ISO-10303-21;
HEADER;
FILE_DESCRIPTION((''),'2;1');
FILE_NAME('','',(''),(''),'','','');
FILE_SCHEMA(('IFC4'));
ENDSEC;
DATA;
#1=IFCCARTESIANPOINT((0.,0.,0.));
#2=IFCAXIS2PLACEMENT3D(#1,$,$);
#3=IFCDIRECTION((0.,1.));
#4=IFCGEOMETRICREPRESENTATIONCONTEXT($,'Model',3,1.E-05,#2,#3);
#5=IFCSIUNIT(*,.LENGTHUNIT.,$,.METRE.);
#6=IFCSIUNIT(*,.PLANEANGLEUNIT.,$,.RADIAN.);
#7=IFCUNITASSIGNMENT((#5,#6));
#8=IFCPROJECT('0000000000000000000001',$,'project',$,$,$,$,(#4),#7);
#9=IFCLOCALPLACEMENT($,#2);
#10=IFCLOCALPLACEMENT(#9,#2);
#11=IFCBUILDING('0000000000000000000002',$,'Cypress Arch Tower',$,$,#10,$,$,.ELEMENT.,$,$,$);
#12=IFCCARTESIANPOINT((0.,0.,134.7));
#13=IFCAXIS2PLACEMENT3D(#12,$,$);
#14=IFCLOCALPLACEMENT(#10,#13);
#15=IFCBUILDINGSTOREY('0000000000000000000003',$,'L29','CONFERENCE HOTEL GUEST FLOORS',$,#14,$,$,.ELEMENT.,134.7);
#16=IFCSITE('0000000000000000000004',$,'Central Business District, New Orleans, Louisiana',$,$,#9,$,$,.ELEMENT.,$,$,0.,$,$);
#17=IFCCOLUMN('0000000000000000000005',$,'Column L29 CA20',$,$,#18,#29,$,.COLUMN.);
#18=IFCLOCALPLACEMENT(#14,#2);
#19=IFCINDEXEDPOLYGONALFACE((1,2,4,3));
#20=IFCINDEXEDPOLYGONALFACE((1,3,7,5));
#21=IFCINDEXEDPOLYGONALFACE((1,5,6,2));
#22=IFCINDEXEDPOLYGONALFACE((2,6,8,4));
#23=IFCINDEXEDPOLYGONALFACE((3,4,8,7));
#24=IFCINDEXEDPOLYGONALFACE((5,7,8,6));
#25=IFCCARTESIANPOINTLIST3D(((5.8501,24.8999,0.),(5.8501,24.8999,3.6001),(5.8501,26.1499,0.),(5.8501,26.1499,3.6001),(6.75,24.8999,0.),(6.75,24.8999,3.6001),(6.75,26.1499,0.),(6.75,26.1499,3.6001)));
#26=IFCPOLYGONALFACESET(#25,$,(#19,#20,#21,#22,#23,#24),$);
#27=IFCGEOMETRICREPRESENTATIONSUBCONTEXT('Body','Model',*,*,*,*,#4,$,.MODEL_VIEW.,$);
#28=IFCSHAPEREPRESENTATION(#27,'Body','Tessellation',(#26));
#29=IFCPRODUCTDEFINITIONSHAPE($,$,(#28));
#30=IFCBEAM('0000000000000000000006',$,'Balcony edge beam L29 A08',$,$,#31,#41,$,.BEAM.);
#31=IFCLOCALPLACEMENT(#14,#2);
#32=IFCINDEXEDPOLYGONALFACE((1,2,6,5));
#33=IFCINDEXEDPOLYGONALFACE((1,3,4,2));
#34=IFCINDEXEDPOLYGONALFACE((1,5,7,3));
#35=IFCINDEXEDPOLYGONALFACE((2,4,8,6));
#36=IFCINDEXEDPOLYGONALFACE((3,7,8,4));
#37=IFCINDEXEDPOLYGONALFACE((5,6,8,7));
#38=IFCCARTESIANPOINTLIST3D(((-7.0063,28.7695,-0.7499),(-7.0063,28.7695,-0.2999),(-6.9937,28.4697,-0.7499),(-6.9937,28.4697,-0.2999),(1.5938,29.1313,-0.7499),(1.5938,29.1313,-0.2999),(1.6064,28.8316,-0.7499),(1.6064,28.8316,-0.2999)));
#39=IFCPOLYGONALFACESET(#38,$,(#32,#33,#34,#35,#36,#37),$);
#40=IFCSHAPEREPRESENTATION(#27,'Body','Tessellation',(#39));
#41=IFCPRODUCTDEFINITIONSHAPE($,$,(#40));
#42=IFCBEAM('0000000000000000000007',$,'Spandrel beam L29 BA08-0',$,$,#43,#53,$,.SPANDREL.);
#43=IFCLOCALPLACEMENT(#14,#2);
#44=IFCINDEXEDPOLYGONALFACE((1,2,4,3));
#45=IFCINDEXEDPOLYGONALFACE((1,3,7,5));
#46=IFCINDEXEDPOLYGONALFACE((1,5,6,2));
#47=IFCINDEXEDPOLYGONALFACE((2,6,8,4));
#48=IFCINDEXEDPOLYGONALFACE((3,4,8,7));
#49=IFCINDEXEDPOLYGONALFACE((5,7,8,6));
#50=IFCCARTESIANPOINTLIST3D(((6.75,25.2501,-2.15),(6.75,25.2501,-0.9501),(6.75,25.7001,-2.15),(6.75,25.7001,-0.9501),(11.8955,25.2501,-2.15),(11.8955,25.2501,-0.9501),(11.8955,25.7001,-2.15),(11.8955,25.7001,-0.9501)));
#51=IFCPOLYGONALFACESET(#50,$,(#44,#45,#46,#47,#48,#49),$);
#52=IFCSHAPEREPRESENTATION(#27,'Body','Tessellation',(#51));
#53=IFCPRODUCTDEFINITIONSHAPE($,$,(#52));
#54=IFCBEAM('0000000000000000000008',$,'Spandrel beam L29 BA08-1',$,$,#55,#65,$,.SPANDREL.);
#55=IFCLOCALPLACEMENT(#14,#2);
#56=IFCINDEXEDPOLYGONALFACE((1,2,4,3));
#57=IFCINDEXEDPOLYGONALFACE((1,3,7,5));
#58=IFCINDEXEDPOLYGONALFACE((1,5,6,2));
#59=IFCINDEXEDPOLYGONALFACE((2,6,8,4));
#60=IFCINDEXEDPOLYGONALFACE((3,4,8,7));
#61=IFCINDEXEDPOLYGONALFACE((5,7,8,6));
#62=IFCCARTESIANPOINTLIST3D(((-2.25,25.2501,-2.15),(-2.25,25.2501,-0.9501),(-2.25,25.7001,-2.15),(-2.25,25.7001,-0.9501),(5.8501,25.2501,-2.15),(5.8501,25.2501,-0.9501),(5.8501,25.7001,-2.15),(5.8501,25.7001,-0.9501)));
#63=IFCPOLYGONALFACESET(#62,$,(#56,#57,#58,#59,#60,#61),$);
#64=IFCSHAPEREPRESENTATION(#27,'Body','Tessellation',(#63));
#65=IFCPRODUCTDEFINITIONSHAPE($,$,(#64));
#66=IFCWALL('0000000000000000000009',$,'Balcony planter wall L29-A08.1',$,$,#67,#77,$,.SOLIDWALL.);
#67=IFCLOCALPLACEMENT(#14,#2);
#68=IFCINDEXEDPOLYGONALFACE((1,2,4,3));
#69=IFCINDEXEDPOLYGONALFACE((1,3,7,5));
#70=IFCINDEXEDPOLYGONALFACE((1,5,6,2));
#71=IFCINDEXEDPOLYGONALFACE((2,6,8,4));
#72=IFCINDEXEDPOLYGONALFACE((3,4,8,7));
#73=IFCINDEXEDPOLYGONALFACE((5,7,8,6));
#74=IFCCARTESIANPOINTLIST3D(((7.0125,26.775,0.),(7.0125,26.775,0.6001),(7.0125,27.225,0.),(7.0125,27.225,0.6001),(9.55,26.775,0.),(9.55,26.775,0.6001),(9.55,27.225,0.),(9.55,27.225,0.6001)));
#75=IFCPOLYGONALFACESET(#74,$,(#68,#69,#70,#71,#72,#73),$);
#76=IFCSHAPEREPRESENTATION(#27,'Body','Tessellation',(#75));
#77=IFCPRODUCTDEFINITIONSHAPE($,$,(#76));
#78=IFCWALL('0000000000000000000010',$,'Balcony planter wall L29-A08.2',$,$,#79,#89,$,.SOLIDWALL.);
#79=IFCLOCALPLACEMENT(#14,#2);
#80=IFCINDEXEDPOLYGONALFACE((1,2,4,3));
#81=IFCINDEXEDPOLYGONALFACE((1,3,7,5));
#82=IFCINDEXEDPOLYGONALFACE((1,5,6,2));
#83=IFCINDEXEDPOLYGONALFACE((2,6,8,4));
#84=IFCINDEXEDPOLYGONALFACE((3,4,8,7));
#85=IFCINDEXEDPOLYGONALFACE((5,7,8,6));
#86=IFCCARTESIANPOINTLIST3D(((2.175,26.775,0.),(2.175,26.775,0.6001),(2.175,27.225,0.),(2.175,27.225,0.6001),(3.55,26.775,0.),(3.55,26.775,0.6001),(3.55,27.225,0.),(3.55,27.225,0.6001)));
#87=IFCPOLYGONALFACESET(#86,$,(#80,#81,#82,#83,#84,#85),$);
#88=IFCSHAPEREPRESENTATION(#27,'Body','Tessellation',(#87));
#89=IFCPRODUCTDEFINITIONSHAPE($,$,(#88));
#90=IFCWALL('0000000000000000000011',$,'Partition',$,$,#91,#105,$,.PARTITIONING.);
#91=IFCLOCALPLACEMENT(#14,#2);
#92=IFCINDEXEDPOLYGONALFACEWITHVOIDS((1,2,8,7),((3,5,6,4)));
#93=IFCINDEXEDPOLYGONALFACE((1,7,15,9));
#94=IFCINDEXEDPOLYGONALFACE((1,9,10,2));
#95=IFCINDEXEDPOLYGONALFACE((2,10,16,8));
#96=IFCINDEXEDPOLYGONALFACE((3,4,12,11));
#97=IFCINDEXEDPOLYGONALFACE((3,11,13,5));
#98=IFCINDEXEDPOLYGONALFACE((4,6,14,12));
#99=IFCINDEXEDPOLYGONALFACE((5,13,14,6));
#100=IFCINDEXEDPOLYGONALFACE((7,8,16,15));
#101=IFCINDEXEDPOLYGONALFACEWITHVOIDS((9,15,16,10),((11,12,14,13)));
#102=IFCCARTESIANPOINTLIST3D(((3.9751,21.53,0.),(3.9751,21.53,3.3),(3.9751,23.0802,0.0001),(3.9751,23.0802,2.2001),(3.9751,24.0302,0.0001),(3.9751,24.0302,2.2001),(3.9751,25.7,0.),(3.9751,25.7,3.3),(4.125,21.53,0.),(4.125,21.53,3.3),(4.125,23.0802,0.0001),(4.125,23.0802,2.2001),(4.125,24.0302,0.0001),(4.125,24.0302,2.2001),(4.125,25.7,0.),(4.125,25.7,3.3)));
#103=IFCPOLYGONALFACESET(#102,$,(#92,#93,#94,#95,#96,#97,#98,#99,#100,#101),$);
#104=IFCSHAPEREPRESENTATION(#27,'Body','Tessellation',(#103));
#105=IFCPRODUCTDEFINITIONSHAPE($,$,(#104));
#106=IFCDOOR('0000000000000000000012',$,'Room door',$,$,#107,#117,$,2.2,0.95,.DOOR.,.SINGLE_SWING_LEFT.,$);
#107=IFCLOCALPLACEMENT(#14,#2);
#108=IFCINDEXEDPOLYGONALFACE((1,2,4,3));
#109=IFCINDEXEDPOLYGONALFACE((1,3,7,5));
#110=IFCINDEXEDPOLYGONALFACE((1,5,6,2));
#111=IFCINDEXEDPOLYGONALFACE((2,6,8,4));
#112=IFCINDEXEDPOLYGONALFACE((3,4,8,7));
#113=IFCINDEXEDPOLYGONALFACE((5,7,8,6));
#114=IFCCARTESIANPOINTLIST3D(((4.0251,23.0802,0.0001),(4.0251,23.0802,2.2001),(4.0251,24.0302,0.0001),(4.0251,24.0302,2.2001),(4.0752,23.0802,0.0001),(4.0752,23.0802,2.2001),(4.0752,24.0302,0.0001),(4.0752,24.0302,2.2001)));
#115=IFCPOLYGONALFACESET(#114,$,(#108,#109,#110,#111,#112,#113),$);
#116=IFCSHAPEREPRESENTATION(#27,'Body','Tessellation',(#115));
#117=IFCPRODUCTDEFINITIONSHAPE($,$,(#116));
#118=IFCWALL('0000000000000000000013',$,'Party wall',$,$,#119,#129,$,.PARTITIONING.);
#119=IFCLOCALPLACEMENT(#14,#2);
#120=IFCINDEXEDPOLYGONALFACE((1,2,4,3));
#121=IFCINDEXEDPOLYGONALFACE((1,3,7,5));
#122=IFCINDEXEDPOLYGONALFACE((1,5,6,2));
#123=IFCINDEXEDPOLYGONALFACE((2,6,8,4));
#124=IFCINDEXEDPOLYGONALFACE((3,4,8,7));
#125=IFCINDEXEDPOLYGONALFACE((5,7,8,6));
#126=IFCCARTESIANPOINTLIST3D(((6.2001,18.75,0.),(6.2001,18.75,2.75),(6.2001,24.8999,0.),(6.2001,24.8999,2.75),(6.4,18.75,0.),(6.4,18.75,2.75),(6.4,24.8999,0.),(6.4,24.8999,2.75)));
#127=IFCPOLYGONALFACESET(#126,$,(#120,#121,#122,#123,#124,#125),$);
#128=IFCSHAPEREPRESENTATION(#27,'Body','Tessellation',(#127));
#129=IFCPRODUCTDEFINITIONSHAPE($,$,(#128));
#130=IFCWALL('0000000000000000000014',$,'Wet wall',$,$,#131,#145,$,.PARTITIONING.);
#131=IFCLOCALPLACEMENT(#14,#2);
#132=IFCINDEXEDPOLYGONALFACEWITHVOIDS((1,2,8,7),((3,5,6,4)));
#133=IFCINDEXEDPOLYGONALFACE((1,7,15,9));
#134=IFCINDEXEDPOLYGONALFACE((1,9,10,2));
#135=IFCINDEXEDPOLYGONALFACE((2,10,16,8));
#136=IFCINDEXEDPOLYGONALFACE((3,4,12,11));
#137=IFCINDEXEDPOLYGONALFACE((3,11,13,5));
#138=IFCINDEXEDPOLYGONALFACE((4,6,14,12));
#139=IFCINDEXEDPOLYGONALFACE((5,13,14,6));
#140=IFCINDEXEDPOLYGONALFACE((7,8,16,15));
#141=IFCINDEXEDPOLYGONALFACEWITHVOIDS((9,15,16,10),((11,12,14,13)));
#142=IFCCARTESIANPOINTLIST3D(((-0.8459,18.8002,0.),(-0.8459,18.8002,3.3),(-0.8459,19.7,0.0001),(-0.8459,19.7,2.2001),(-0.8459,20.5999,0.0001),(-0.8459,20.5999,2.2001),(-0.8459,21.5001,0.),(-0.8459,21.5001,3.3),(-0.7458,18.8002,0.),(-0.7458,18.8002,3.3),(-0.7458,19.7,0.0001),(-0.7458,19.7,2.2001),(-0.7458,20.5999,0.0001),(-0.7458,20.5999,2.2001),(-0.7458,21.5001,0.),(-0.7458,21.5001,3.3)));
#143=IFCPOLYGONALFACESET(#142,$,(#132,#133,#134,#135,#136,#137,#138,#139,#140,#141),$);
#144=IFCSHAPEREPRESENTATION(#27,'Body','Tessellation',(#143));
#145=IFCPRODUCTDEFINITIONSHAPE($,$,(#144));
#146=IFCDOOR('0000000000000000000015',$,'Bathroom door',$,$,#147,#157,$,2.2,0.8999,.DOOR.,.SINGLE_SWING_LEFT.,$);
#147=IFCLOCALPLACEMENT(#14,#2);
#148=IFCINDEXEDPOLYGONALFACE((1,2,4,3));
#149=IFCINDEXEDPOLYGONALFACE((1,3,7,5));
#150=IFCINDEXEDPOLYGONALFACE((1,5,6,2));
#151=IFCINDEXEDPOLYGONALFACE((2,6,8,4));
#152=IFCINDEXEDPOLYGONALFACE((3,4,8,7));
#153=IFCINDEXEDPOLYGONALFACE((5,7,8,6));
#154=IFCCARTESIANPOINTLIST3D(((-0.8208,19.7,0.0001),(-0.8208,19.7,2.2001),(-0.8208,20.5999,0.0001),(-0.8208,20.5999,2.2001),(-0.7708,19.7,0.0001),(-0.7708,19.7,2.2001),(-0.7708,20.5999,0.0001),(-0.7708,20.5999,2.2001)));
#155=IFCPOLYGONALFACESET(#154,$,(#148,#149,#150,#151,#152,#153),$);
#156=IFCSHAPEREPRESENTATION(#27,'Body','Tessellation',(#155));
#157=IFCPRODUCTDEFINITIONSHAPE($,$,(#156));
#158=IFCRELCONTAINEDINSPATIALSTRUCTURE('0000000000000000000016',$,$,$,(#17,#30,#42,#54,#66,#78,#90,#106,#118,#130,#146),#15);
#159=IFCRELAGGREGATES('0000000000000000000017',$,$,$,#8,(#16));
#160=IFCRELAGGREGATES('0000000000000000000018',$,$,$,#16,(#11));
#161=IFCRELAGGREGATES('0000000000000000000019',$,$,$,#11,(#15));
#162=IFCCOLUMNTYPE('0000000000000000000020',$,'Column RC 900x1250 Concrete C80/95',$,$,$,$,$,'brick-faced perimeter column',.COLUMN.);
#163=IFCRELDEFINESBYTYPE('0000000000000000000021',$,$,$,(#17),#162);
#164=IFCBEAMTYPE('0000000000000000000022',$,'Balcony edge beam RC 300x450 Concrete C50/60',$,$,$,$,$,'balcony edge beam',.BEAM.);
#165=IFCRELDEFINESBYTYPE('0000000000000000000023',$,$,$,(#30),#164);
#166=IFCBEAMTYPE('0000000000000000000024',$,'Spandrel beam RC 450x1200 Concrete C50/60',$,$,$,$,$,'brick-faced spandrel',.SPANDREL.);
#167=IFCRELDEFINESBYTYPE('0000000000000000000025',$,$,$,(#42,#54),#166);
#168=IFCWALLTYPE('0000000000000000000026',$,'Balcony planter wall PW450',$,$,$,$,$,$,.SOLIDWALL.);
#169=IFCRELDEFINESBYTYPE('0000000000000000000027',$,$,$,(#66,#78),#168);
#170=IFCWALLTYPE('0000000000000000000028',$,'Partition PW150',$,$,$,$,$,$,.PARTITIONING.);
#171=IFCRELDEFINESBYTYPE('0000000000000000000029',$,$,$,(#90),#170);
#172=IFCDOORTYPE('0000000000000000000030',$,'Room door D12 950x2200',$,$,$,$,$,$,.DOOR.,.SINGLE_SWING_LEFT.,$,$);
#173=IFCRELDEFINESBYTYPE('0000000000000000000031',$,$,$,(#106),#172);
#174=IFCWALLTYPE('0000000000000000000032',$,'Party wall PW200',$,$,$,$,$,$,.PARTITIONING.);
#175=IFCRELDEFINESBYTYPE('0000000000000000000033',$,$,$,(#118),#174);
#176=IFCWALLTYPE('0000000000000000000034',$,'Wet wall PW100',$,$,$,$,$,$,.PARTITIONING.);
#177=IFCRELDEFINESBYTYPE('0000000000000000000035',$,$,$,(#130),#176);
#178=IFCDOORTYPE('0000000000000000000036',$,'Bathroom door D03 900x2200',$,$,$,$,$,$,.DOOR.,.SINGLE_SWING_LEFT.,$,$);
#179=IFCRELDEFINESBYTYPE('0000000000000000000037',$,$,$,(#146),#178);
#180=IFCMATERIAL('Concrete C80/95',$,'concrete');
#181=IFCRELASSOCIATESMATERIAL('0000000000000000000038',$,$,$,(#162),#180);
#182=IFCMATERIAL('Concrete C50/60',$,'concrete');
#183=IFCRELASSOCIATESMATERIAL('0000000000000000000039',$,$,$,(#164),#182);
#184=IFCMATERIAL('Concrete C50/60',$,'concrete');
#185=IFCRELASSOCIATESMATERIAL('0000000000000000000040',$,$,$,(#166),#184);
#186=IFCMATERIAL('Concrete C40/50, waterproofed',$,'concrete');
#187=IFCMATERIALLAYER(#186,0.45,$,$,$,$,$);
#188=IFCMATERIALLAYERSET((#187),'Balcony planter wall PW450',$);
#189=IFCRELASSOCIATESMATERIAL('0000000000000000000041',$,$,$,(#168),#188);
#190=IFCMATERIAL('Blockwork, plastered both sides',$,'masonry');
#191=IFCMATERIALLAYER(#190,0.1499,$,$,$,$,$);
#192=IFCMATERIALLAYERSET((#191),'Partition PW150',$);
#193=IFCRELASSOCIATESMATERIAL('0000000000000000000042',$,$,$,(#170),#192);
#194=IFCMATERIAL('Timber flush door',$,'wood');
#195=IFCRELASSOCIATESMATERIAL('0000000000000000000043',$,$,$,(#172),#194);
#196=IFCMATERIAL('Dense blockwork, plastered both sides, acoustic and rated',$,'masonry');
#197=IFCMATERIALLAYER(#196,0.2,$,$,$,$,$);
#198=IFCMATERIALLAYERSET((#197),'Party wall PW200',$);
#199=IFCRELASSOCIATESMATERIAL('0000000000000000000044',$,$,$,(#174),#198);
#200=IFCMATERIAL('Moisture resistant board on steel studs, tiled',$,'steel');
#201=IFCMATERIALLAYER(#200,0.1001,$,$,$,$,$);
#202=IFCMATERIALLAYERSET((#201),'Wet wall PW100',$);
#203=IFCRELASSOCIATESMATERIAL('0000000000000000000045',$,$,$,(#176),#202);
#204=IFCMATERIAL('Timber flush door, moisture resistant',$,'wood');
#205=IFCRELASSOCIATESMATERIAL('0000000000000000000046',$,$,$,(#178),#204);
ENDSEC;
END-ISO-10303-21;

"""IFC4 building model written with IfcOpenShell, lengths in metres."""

from ifc_helpers import new_model, si_unit, direction, frame, frame_2d, origin, origin_2d, place, context, subcontext, project, spatial, rectangle, extrude, material, layer, layer_set, material_profile, profile_set, type_object, element, fill, save


model = new_model("IFC4")

# Units and contexts
model_context = context("Model", 3, precision=1e-05, world=origin(), true_north=direction((0.0, 1.0)))
body_context = subcontext(model_context, "Body", "Model", "MODEL_VIEW")
ifc_project = project(units=[si_unit("LENGTHUNIT", "METRE"), si_unit("PLANEANGLEUNIT", "RADIAN")], contexts=[model_context])

# Site, building, storey
site_placement = place(None, origin())
site = spatial("IfcSite", under=ifc_project, at=site_placement, Name="Central Business District, New Orleans, Louisiana", CompositionType="ELEMENT", RefElevation=0.0)
building_placement = place(site_placement, origin())
building = spatial("IfcBuilding", under=site, at=building_placement, Name="Cypress Arch Tower", CompositionType="ELEMENT")
storey_placement = place(building_placement, frame((0.0, 0.0, 134.7)))
storey = spatial("IfcBuildingStorey", under=building, at=storey_placement, Name="L29", Description="CONFERENCE HOTEL GUEST FLOORS", CompositionType="ELEMENT", Elevation=134.7)

# Column
ifc_material_1 = material(Name="Concrete C80/95", Category="concrete")
ifc_material_profile_1 = material_profile(ifc_material_1, rectangle(XDim=0.8999, YDim=1.25, at=origin_2d()), Name="RC 900x1250")
ifc_profile_set_1 = profile_set([ifc_material_profile_1], Name="Concrete C80/95")
column_type = type_object("IfcColumnType", Name="Column RC 900x1250 Concrete C80/95", ElementType="brick-faced perimeter column", PredefinedType="COLUMN", material=ifc_profile_set_1)
column_placement = place(storey_placement, frame((6.3, 25.5249, 0.0), z_axis=(0.0, 0.0, 1.0), x_axis=(-1.0, 0.0, 0.0)))
element("IfcColumn", 1, at=column_placement, inside=storey, type_object=column_type, Name="Column L29 CA20", PredefinedType="COLUMN", context=body_context, shape_type="SweptSolid", body=[
    extrude(rectangle(XDim=0.8999, YDim=1.25, at=origin_2d()), origin(), (0.0, 0.0, 1.0), 3.6001),
])

# Beams
ifc_material_2 = material(Name="Concrete C50/60", Category="concrete")
ifc_material_profile_2 = material_profile(ifc_material_2, rectangle(XDim=0.3, YDim=0.45, at=origin_2d()), Name="RC 300x450")
ifc_profile_set_2 = profile_set([ifc_material_profile_2], Name="Concrete C50/60")
beam_type_1 = type_object("IfcBeamType", Name="Balcony edge beam RC 300x450 Concrete C50/60", ElementType="balcony edge beam", PredefinedType="BEAM", material=ifc_profile_set_2)
beam_1_placement = place(storey_placement, frame((1.6001, 28.9814, -0.5249), z_axis=(-0.999116, -0.042034, 0.0), x_axis=(0.042034, -0.999116, 0.0)))
element("IfcBeam", 2, at=beam_1_placement, inside=storey, type_object=beam_type_1, Name="Balcony edge beam L29 A08", PredefinedType="BEAM", context=body_context, shape_type="SweptSolid", body=[
    extrude(rectangle(XDim=0.3, YDim=0.45, at=origin_2d()), origin(), (0.0, 0.0, 1.0), 8.6077),
])
ifc_material_3 = material(Name="Concrete C50/60", Category="concrete")
ifc_material_profile_3 = material_profile(ifc_material_3, rectangle(XDim=0.45, YDim=1.2, at=origin_2d()), Name="RC 450x1200")
ifc_profile_set_3 = profile_set([ifc_material_profile_3], Name="Concrete C50/60")
beam_type_2 = type_object("IfcBeamType", Name="Spandrel beam RC 450x1200 Concrete C50/60", ElementType="brick-faced spandrel", PredefinedType="SPANDREL", material=ifc_profile_set_3)
beam_2_placement = place(storey_placement, frame((11.8955, 25.4751, -1.55), z_axis=(-1.0, 0.0, 0.0), x_axis=(0.0, -1.0, 0.0)))
element("IfcBeam", 3, at=beam_2_placement, inside=storey, type_object=beam_type_2, Name="Spandrel beam L29 BA08-0", PredefinedType="SPANDREL", context=body_context, shape_type="SweptSolid", body=[
    extrude(rectangle(XDim=0.45, YDim=1.2, at=origin_2d()), origin(), (0.0, 0.0, 1.0), 5.1455),
])
beam_3_placement = place(storey_placement, frame((5.8501, 25.4751, -1.55), z_axis=(-1.0, 0.0, 0.0), x_axis=(0.0, -1.0, 0.0)))
element("IfcBeam", 4, at=beam_3_placement, inside=storey, type_object=beam_type_2, Name="Spandrel beam L29 BA08-1", PredefinedType="SPANDREL", context=body_context, shape_type="SweptSolid", body=[
    extrude(rectangle(XDim=0.45, YDim=1.2, at=origin_2d()), origin(), (0.0, 0.0, 1.0), 8.1001),
])

# Walls
ifc_material_4 = material(Name="Concrete C40/50, waterproofed", Category="concrete")
ifc_layer_1 = layer(ifc_material_4, 0.45)
ifc_layer_set_1 = layer_set([ifc_layer_1], Name="Balcony planter wall PW450")
wall_type_1 = type_object("IfcWallType", Name="Balcony planter wall PW450", PredefinedType="SOLIDWALL", material=ifc_layer_set_1)
wall_1_placement = place(storey_placement, frame((9.55, 27.0, 0.0), z_axis=(0.0, 0.0, 1.0), x_axis=(-1.0, 0.0, 0.0)))
element("IfcWall", 5, at=wall_1_placement, inside=storey, type_object=wall_type_1, Name="Balcony planter wall L29-A08.1", PredefinedType="SOLIDWALL", context=body_context, shape_type="SweptSolid", body=[
    extrude(rectangle(XDim=2.5376, YDim=0.45, at=frame_2d((1.2688, 0.0))), origin(), (0.0, 0.0, 1.0), 0.6001),
])
wall_2_placement = place(storey_placement, frame((3.55, 27.0, 0.0), z_axis=(0.0, 0.0, 1.0), x_axis=(-1.0, 0.0, 0.0)))
element("IfcWall", 6, at=wall_2_placement, inside=storey, type_object=wall_type_1, Name="Balcony planter wall L29-A08.2", PredefinedType="SOLIDWALL", context=body_context, shape_type="SweptSolid", body=[
    extrude(rectangle(XDim=1.375, YDim=0.45, at=frame_2d((0.6875, 0.0))), origin(), (0.0, 0.0, 1.0), 0.6001),
])

# Wall, opening, door
ifc_material_5 = material(Name="Blockwork, plastered both sides", Category="masonry")
ifc_layer_2 = layer(ifc_material_5, 0.1499)
ifc_layer_set_2 = layer_set([ifc_layer_2], Name="Partition PW150")
wall_type_2 = type_object("IfcWallType", Name="Partition PW150", PredefinedType="PARTITIONING", material=ifc_layer_set_2)
wall_3_placement = place(storey_placement, frame((4.05, 21.53, 0.0), z_axis=(0.0, 0.0, 1.0), x_axis=(0.0, 1.0, 0.0)))
wall_3 = element("IfcWall", 7, at=wall_3_placement, inside=storey, type_object=wall_type_2, Name="Partition", PredefinedType="PARTITIONING", context=body_context, shape_type="SweptSolid", body=[
    extrude(rectangle(XDim=4.1699, YDim=0.1499, at=frame_2d((2.085, 0.0))), origin(), (0.0, 0.0, 1.0), 3.3),
])
opening_1_placement = place(wall_3_placement, frame((1.55, 0.0, 0.0)))
opening_1 = element("IfcOpeningElement", 8, at=opening_1_placement, cuts=wall_3, PredefinedType="OPENING", context=body_context, shape_type="SweptSolid", body=[
    extrude(rectangle(XDim=0.95, YDim=2.2, at=frame_2d((0.4751, 1.1001))), frame((0.0, 0.085, 0.0), z_axis=(0.0, -1.0, 0.0), x_axis=(1.0, 0.0, 0.0)), (0.0, 0.0, 1.0), 0.1699),
])
ifc_material_6 = material(Name="Timber flush door", Category="wood")
door_type_1 = type_object("IfcDoorType", Name="Room door D12 950x2200", OperationType="SINGLE_SWING_LEFT", PredefinedType="DOOR", material=ifc_material_6)
door_1_placement = place(opening_1_placement, origin())
door_1 = element("IfcDoor", 9, at=door_1_placement, inside=storey, type_object=door_type_1, Name="Room door", OperationType="SINGLE_SWING_LEFT", OverallHeight=2.2, OverallWidth=0.95, PredefinedType="DOOR", context=body_context, shape_type="SweptSolid", body=[
    extrude(rectangle(XDim=0.95, YDim=2.2, at=frame_2d((0.4751, 1.1001))), frame((0.0, 0.0249, 0.0), z_axis=(0.0, -1.0, 0.0), x_axis=(1.0, 0.0, 0.0)), (0.0, 0.0, 1.0), 0.05),
])
fill(opening_1, door_1)

# Wall
ifc_material_7 = material(Name="Dense blockwork, plastered both sides, acoustic and rated", Category="masonry")
ifc_layer_3 = layer(ifc_material_7, 0.2)
ifc_layer_set_3 = layer_set([ifc_layer_3], Name="Party wall PW200")
wall_type_3 = type_object("IfcWallType", Name="Party wall PW200", PredefinedType="PARTITIONING", material=ifc_layer_set_3)
wall_4_placement = place(storey_placement, frame((6.3, 18.75, 0.0), z_axis=(0.0, 0.0, 1.0), x_axis=(0.0, 1.0, 0.0)))
element("IfcWall", 10, at=wall_4_placement, inside=storey, type_object=wall_type_3, Name="Party wall", PredefinedType="PARTITIONING", context=body_context, shape_type="SweptSolid", body=[
    extrude(rectangle(XDim=6.1499, YDim=0.2, at=frame_2d((3.075, 0.0))), origin(), (0.0, 0.0, 1.0), 2.75),
])

# Wall, opening, door
ifc_material_8 = material(Name="Moisture resistant board on steel studs, tiled", Category="steel")
ifc_layer_4 = layer(ifc_material_8, 0.1001)
ifc_layer_set_4 = layer_set([ifc_layer_4], Name="Wet wall PW100")
wall_type_4 = type_object("IfcWallType", Name="Wet wall PW100", PredefinedType="PARTITIONING", material=ifc_layer_set_4)
wall_5_placement = place(storey_placement, frame((-0.7959, 18.8, 0.0), z_axis=(0.0, 0.0, 1.0), x_axis=(0.0, 1.0, 0.0)))
wall_5 = element("IfcWall", 11, at=wall_5_placement, inside=storey, type_object=wall_type_4, Name="Wet wall", PredefinedType="PARTITIONING", context=body_context, shape_type="SweptSolid", body=[
    extrude(rectangle(XDim=2.7, YDim=0.1001, at=frame_2d((1.3501, 0.0))), origin(), (0.0, 0.0, 1.0), 3.3),
])
opening_2_placement = place(wall_5_placement, frame((0.8999, 0.0, 0.0)))
opening_2 = element("IfcOpeningElement", 12, at=opening_2_placement, cuts=wall_5, PredefinedType="OPENING", context=body_context, shape_type="SweptSolid", body=[
    extrude(rectangle(XDim=0.8999, YDim=2.2, at=frame_2d((0.45, 1.1001))), frame((0.0, 0.0601, 0.0), z_axis=(0.0, -1.0, 0.0), x_axis=(1.0, 0.0, 0.0)), (0.0, 0.0, 1.0), 0.1201),
])
ifc_material_9 = material(Name="Timber flush door, moisture resistant", Category="wood")
door_type_2 = type_object("IfcDoorType", Name="Bathroom door D03 900x2200", OperationType="SINGLE_SWING_LEFT", PredefinedType="DOOR", material=ifc_material_9)
door_2_placement = place(opening_2_placement, origin())
door_2 = element("IfcDoor", 13, at=door_2_placement, inside=storey, type_object=door_type_2, Name="Bathroom door", OperationType="SINGLE_SWING_LEFT", OverallHeight=2.2, OverallWidth=0.8999, PredefinedType="DOOR", context=body_context, shape_type="SweptSolid", body=[
    extrude(rectangle(XDim=0.8999, YDim=2.2, at=frame_2d((0.45, 1.1001))), frame((0.0, 0.0249, 0.0), z_axis=(0.0, -1.0, 0.0), x_axis=(1.0, 0.0, 0.0)), (0.0, 0.0, 1.0), 0.05),
])
fill(opening_2, door_2)

save(model, "model.ifc")
